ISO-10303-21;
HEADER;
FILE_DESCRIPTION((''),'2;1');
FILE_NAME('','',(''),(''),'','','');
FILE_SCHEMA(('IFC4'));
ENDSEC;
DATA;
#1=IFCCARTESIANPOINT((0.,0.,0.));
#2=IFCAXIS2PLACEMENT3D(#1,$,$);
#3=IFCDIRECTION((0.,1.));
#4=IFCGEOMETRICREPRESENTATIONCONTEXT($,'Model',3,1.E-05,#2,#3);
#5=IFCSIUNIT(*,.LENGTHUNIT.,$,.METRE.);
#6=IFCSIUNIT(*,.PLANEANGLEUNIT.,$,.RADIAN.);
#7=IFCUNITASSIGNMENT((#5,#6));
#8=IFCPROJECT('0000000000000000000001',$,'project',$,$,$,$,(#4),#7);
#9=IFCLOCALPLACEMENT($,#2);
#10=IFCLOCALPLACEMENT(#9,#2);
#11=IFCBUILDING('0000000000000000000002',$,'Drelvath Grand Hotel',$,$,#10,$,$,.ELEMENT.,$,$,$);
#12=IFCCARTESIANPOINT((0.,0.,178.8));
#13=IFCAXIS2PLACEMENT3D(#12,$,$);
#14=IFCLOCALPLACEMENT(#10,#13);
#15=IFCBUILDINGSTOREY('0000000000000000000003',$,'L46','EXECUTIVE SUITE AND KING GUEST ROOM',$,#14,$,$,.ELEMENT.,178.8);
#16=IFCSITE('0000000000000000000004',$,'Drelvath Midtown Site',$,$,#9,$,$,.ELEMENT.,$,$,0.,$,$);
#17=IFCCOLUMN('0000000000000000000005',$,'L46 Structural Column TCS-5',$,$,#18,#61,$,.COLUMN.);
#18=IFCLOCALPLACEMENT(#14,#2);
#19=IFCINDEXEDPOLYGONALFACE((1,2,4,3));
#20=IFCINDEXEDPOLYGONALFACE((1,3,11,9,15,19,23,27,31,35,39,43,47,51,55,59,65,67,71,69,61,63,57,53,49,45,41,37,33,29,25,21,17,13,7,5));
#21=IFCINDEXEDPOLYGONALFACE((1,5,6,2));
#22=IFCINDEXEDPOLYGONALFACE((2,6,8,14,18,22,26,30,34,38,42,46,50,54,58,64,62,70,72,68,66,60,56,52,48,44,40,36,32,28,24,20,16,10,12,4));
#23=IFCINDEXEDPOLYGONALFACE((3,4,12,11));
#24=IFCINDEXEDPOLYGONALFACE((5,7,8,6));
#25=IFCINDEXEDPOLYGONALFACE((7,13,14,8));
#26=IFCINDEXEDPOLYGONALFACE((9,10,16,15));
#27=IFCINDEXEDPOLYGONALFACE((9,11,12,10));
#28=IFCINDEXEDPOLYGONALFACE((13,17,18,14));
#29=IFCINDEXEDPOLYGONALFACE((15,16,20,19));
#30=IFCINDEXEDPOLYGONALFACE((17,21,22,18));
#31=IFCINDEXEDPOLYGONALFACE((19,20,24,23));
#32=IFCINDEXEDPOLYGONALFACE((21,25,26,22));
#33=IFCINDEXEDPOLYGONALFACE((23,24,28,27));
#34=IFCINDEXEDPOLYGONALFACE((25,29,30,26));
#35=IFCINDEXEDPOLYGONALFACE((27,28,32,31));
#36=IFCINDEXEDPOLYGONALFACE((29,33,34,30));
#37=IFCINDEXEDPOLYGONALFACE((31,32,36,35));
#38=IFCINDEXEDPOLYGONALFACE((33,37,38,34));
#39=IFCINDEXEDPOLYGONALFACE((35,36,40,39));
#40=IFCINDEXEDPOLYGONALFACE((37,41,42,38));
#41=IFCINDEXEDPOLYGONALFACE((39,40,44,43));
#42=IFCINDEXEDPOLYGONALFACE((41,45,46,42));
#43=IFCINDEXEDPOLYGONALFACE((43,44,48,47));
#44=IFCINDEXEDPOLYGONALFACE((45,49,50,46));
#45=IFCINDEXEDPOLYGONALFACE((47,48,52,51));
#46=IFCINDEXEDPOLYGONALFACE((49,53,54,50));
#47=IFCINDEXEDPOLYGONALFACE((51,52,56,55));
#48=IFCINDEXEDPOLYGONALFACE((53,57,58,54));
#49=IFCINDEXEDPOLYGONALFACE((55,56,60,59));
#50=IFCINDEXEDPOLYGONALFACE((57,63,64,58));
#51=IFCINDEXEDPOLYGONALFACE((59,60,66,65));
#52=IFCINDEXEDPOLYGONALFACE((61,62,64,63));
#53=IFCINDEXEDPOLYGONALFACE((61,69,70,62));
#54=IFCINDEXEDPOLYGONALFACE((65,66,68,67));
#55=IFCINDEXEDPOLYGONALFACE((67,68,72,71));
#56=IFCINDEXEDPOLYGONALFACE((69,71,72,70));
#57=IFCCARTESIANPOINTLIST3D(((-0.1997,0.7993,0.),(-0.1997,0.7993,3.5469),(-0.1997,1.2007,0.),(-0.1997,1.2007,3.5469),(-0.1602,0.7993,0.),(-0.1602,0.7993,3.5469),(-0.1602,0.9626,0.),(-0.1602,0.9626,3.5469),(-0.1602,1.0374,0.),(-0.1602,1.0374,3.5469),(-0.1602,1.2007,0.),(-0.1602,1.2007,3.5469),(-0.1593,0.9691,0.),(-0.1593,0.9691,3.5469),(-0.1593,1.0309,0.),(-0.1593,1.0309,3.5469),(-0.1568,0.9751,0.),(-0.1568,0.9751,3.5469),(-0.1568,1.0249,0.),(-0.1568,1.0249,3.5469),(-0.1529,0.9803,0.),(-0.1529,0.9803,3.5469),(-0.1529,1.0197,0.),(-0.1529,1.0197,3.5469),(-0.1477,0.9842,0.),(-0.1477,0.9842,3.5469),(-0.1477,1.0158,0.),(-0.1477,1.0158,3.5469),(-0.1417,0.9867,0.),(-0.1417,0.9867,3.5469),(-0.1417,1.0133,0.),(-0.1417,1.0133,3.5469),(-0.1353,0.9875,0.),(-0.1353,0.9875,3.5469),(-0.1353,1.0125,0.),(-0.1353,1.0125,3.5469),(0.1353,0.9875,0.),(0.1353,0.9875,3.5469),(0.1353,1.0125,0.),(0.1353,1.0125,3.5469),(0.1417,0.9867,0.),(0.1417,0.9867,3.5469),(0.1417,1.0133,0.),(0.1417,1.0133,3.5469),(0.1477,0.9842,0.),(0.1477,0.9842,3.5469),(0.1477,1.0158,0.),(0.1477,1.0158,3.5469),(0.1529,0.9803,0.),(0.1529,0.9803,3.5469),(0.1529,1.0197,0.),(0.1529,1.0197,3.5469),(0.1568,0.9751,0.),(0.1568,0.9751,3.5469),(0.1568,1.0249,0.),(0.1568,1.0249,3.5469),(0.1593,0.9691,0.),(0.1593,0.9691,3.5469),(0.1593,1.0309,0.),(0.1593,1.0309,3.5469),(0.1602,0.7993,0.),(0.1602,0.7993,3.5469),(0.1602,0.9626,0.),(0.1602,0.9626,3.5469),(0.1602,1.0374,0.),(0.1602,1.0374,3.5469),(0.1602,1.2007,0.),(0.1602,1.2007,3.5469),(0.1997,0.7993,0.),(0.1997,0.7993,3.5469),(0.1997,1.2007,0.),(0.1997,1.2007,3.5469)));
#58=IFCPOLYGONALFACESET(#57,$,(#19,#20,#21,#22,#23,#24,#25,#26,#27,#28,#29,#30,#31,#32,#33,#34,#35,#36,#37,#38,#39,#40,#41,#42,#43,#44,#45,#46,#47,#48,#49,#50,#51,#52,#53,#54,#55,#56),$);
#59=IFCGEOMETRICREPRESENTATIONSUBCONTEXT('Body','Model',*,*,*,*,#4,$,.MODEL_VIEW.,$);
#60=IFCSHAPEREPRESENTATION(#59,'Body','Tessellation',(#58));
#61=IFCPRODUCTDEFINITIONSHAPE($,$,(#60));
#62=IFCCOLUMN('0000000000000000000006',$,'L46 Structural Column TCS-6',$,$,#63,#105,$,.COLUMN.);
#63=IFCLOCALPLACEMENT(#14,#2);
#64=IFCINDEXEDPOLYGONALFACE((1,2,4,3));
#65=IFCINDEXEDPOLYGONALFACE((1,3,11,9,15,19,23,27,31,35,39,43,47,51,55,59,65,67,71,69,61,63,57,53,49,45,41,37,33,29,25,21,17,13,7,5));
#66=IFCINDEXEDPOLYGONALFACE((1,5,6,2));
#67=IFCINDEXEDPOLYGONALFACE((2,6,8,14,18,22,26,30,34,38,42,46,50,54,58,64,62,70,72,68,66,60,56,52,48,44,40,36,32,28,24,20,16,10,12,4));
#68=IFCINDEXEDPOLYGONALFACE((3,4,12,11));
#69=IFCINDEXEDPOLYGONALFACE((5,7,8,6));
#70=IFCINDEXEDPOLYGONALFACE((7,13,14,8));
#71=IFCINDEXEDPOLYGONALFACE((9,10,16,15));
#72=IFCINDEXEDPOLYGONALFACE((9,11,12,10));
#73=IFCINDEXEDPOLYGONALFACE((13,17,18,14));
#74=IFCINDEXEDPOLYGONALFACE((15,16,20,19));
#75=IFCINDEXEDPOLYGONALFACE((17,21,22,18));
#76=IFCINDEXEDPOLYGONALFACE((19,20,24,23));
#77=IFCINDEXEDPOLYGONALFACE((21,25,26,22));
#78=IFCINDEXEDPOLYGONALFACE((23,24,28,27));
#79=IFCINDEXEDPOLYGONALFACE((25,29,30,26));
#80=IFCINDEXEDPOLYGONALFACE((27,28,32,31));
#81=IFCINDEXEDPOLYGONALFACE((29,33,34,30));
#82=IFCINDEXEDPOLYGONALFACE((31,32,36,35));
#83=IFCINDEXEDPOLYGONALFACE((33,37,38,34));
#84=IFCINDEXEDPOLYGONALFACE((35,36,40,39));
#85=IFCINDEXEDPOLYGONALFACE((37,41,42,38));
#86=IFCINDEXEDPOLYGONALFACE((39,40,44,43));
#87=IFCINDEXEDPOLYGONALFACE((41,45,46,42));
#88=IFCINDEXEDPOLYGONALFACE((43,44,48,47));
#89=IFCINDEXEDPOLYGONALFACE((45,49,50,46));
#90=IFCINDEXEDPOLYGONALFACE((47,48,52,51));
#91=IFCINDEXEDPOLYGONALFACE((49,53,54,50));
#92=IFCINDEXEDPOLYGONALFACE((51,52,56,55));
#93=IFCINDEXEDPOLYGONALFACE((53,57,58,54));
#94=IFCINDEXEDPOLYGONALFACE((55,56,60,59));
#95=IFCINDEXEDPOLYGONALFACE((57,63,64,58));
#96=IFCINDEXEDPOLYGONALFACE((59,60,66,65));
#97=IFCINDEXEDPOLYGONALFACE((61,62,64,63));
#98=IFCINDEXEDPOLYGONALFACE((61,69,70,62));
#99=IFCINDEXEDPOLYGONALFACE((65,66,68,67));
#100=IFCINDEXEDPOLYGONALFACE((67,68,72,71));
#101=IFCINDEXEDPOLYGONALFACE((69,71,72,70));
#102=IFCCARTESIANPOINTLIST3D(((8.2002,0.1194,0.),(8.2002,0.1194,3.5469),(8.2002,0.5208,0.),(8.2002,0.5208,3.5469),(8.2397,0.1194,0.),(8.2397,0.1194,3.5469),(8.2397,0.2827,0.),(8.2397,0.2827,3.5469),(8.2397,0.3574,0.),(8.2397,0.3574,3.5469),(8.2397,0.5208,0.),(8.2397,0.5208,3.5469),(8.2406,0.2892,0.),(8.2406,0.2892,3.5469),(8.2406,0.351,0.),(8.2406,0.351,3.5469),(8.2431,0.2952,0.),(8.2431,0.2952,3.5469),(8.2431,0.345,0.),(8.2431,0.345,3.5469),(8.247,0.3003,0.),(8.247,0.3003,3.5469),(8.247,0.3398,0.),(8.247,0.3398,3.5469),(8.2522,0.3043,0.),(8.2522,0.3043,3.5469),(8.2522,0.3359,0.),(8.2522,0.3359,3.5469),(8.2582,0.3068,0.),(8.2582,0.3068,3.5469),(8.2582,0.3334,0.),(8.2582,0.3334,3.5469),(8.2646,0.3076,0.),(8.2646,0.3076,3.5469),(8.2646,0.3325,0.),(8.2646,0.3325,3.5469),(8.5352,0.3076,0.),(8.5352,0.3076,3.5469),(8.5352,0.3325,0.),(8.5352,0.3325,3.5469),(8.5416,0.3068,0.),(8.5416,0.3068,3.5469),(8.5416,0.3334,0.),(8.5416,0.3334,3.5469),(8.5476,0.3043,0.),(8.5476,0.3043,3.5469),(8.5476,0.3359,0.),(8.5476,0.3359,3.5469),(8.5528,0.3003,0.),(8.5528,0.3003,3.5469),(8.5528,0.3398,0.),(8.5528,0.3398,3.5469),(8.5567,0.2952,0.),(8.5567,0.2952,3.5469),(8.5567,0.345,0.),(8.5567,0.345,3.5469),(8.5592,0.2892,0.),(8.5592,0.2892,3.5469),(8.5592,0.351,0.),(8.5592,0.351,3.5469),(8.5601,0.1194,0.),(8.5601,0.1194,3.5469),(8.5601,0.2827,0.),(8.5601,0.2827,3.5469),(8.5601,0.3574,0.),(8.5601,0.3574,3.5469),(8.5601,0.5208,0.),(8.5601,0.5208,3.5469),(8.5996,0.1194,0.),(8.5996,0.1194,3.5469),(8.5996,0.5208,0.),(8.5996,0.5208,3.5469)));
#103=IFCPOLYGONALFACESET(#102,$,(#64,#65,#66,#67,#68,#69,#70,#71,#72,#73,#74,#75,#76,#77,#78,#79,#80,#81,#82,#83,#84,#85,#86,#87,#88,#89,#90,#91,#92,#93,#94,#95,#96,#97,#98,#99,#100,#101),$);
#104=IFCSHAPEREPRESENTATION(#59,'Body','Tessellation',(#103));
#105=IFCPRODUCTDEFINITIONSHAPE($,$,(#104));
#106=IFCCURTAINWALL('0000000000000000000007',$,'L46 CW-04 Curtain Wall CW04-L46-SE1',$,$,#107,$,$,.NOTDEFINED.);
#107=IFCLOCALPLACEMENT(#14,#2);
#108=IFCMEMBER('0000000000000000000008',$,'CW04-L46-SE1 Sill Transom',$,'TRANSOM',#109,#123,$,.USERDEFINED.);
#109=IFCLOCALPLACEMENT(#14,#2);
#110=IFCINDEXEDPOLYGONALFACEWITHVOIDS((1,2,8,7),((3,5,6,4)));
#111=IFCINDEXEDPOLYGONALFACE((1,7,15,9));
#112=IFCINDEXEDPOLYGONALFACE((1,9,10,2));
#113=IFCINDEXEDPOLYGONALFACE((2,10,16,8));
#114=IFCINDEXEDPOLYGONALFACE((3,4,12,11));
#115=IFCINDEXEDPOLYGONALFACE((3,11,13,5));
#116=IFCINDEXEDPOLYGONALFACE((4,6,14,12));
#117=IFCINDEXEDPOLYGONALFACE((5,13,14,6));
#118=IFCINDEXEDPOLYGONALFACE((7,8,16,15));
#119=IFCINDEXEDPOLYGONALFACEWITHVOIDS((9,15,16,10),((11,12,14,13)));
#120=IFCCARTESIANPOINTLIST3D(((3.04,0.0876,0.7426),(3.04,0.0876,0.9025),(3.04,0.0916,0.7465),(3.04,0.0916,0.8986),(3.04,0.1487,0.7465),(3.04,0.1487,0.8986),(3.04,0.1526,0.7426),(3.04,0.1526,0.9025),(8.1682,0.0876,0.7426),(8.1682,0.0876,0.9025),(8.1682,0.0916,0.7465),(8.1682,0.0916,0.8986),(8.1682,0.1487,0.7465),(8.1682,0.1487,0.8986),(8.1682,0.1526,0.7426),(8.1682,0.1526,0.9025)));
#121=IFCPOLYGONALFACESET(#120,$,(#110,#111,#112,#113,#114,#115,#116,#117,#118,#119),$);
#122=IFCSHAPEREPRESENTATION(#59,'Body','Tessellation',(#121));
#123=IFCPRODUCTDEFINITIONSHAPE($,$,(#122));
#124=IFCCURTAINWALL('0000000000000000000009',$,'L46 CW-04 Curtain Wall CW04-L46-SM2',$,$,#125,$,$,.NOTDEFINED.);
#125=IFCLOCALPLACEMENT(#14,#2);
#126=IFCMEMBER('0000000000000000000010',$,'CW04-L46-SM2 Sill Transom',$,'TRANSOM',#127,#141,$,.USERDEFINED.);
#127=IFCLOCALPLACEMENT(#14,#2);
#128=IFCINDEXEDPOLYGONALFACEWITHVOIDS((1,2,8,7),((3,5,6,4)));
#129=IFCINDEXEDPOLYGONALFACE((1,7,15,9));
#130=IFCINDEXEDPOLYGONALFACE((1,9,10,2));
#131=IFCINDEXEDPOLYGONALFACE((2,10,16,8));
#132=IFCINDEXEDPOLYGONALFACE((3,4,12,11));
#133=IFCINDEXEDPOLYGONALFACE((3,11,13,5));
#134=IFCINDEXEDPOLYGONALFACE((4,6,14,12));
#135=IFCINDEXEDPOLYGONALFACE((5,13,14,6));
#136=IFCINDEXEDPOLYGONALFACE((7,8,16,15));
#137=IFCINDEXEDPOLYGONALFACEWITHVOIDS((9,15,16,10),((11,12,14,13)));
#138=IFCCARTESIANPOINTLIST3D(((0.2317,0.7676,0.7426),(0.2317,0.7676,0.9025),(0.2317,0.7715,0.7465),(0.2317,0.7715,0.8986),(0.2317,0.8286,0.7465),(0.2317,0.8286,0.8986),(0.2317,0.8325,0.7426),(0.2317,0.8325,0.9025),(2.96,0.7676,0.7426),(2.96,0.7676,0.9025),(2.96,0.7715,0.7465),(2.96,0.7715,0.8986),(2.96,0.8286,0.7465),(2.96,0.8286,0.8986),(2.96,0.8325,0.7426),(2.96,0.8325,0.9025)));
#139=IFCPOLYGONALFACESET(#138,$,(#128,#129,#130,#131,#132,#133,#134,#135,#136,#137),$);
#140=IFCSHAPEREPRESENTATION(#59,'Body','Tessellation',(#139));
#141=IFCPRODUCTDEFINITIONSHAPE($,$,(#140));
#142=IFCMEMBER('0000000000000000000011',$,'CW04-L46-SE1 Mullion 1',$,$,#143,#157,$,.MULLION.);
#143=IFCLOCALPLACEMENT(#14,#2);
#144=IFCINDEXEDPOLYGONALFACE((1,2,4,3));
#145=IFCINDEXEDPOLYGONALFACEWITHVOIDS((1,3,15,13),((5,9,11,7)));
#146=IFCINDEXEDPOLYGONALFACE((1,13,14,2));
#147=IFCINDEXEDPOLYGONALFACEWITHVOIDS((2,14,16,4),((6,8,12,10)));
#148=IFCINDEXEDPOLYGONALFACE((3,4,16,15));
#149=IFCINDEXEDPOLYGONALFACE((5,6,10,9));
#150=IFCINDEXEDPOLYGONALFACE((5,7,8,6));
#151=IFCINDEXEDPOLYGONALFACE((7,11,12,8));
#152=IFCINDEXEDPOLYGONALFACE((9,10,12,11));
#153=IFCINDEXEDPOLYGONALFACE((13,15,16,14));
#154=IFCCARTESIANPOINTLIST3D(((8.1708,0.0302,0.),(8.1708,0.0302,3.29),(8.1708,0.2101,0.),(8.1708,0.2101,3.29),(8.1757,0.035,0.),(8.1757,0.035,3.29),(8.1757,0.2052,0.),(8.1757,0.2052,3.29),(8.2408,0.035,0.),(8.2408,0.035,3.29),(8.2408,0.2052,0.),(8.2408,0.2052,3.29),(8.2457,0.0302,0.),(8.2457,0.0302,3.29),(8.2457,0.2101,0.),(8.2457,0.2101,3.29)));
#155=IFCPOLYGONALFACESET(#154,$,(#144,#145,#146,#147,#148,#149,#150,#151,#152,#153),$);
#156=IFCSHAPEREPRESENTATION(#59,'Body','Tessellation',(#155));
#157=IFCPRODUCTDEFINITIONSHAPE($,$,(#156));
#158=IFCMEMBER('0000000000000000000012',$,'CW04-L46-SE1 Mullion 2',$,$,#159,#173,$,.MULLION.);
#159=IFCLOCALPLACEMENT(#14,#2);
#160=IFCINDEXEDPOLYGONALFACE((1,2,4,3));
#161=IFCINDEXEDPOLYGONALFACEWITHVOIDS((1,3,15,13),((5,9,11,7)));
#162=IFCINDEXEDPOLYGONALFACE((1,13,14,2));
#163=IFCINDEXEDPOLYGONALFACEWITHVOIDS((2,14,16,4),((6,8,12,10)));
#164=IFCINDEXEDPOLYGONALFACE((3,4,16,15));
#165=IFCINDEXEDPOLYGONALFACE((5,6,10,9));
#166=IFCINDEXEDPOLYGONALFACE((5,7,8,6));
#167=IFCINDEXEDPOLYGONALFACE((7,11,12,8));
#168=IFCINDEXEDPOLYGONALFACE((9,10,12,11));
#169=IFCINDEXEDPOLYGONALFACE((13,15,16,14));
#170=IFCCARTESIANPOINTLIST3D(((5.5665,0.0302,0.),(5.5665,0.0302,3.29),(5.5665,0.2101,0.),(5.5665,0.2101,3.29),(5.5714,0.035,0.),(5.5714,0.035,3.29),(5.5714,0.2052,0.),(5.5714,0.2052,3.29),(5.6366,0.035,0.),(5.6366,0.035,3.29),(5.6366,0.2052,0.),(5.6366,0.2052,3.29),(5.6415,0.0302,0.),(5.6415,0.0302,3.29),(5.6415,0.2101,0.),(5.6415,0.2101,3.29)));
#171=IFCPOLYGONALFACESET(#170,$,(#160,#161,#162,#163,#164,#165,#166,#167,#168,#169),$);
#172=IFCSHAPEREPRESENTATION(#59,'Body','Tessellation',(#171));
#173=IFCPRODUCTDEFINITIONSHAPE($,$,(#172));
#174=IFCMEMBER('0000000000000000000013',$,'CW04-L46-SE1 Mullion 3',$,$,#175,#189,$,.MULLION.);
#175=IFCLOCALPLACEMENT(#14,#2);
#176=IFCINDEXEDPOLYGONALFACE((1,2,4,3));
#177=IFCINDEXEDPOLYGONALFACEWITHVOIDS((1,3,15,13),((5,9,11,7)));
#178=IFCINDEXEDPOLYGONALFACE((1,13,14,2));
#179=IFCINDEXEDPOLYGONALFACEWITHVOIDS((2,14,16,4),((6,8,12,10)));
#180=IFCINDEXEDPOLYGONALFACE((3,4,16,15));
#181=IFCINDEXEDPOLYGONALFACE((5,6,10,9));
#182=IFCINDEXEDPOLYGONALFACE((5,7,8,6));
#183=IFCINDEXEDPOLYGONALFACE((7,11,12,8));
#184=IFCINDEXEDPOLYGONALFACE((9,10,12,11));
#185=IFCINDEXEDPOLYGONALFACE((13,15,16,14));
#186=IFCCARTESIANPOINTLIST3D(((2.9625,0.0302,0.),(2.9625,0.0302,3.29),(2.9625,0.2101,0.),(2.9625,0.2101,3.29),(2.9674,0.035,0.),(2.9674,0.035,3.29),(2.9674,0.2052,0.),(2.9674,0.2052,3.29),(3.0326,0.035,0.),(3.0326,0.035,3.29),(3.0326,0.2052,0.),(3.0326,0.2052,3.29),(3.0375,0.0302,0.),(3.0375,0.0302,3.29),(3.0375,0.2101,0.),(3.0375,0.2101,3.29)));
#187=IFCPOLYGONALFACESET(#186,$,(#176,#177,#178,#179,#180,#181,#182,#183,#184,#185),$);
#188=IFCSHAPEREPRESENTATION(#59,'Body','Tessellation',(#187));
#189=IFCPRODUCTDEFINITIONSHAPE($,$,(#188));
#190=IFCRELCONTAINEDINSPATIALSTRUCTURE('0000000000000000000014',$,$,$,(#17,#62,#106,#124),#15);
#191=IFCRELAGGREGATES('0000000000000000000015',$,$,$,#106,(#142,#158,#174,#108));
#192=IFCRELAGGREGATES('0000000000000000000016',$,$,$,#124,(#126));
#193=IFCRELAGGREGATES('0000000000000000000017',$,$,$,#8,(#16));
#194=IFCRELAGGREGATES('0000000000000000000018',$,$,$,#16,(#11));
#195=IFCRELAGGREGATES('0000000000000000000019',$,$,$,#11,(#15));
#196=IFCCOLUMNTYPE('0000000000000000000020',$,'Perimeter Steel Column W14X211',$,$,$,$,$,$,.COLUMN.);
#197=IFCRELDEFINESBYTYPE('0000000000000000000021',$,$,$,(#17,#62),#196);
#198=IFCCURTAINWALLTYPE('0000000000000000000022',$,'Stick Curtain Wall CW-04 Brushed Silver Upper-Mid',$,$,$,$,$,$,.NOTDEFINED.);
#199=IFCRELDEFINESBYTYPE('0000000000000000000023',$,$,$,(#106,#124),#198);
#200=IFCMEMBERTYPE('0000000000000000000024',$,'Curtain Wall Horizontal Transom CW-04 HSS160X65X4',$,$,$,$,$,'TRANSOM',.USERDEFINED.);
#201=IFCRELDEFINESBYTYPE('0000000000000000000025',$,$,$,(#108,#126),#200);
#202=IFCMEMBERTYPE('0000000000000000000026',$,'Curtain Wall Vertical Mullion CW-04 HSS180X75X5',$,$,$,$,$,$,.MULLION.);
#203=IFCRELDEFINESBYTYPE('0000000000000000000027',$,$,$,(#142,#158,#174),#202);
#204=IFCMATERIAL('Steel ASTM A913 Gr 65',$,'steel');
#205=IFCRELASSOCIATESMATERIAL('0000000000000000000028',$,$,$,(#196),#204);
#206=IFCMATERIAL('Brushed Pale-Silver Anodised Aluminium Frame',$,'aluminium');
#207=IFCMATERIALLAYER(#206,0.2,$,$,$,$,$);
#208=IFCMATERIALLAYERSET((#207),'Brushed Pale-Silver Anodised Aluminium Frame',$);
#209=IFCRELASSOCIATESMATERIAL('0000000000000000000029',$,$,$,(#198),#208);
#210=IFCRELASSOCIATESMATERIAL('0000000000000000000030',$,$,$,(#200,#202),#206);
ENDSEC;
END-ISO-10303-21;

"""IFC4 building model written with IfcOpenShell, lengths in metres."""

from ifc_helpers import new_model, si_unit, direction, frame, origin, origin_2d, place, context, subcontext, project, spatial, hollow_rectangle, i_section, extrude, material, layer, layer_set, material_profile, profile_set, type_object, element, aggregate, save


model = new_model("IFC4")

# Units and contexts
model_context = context("Model", 3, precision=1e-05, world=origin(), true_north=direction((0.0, 1.0)))
body_context = subcontext(model_context, "Body", "Model", "MODEL_VIEW")
ifc_project = project(units=[si_unit("LENGTHUNIT", "METRE"), si_unit("PLANEANGLEUNIT", "RADIAN")], contexts=[model_context])

# Site, building, storey
site_placement = place(None, origin())
site = spatial("IfcSite", under=ifc_project, at=site_placement, Name="Drelvath Midtown Site", CompositionType="ELEMENT", RefElevation=0.0)
building_placement = place(site_placement, origin())
building = spatial("IfcBuilding", under=site, at=building_placement, Name="Drelvath Grand Hotel", CompositionType="ELEMENT")
storey_placement = place(building_placement, frame((0.0, 0.0, 178.8)))
storey = spatial("IfcBuildingStorey", under=building, at=storey_placement, Name="L46", Description="EXECUTIVE SUITE AND KING GUEST ROOM", CompositionType="ELEMENT", Elevation=178.8)

# Columns
ifc_material_1 = material(Name="Steel ASTM A913 Gr 65", Category="steel")
ifc_material_profile_1 = material_profile(ifc_material_1, i_section(OverallWidth=0.4014, OverallDepth=0.3994, WebThickness=0.0249, FlangeThickness=0.0396, FilletRadius=0.0249, at=origin_2d()), Name="W14X211")
ifc_profile_set_1 = profile_set([ifc_material_profile_1], Name="Steel ASTM A913 Gr 65")
column_type = type_object("IfcColumnType", Name="Perimeter Steel Column W14X211", PredefinedType="COLUMN", material=ifc_profile_set_1)
for number, where, z_axis, x_axis, name in (
    (1, (0.0, 1.0, 0.0), (0.0, 0.0, 1.0), (0.0, 1.0, 0.0), "L46 Structural Column TCS-5"),
    (2, (8.3999, 0.3201, 0.0), (0.0, 0.0, 1.0), (0.0, 1.0, 0.0), "L46 Structural Column TCS-6"),
):
    element("IfcColumn", number, at=place(storey_placement, frame(where, z_axis=z_axis, x_axis=x_axis)), inside=storey, type_object=column_type, Name=name, PredefinedType="COLUMN", context=body_context, shape_type="SweptSolid", body=[
        extrude(i_section(OverallWidth=0.4014, OverallDepth=0.3994, WebThickness=0.0249, FlangeThickness=0.0396, FilletRadius=0.0249, at=origin_2d()), origin(), (0.0, 0.0, 1.0), 3.5469),
    ])

# Curtain walls, members
ifc_material_2 = material(Name="Brushed Pale-Silver Anodised Aluminium Frame", Category="aluminium")
ifc_layer_1 = layer(ifc_material_2, 0.2)
ifc_layer_set_1 = layer_set([ifc_layer_1], Name="Brushed Pale-Silver Anodised Aluminium Frame")
curtain_wall_type = type_object("IfcCurtainWallType", Name="Stick Curtain Wall CW-04 Brushed Silver Upper-Mid", PredefinedType="NOTDEFINED", material=ifc_layer_set_1)
curtain_wall_1_placement = place(storey_placement, origin())
curtain_wall_1 = element("IfcCurtainWall", 3, at=curtain_wall_1_placement, inside=storey, type_object=curtain_wall_type, Name="L46 CW-04 Curtain Wall CW04-L46-SE1", PredefinedType="NOTDEFINED")
ifc_material_profile_2 = material_profile(ifc_material_2, hollow_rectangle(XDim=0.0649, YDim=0.1599, WallThickness=0.0039, at=origin_2d()), Name="HSS160X65X4")
ifc_profile_set_2 = profile_set([ifc_material_profile_2], Name="Brushed Pale-Silver Anodised Aluminium Frame")
member_type_1 = type_object("IfcMemberType", Name="Curtain Wall Horizontal Transom CW-04 HSS160X65X4", ElementType="TRANSOM", PredefinedType="USERDEFINED", material=ifc_profile_set_2)
member_1_placement = place(storey_placement, frame((8.1682, 0.1201, 0.8225), z_axis=(-1.0, 0.0, 0.0), x_axis=(0.0, -1.0, 0.0)))
member_1 = element("IfcMember", 4, at=member_1_placement, type_object=member_type_1, Name="CW04-L46-SE1 Sill Transom", ObjectType="TRANSOM", PredefinedType="USERDEFINED", context=body_context, shape_type="SweptSolid", body=[
    extrude(hollow_rectangle(XDim=0.0649, YDim=0.1599, WallThickness=0.0039, at=origin_2d()), origin(), (0.0, 0.0, 1.0), 5.1282),
])
curtain_wall_2_placement = place(storey_placement, origin())
curtain_wall_2 = element("IfcCurtainWall", 5, at=curtain_wall_2_placement, inside=storey, type_object=curtain_wall_type, Name="L46 CW-04 Curtain Wall CW04-L46-SM2", PredefinedType="NOTDEFINED")
member_2_placement = place(storey_placement, frame((2.96, 0.8, 0.8225), z_axis=(-1.0, 0.0, 0.0), x_axis=(0.0, -1.0, 0.0)))
member_2 = element("IfcMember", 6, at=member_2_placement, type_object=member_type_1, Name="CW04-L46-SM2 Sill Transom", ObjectType="TRANSOM", PredefinedType="USERDEFINED", context=body_context, shape_type="SweptSolid", body=[
    extrude(hollow_rectangle(XDim=0.0649, YDim=0.1599, WallThickness=0.0039, at=origin_2d()), origin(), (0.0, 0.0, 1.0), 2.7283),
])

# Members
ifc_material_profile_3 = material_profile(ifc_material_2, hollow_rectangle(XDim=0.075, YDim=0.1799, WallThickness=0.0049, at=origin_2d()), Name="HSS180X75X5")
ifc_profile_set_3 = profile_set([ifc_material_profile_3], Name="Brushed Pale-Silver Anodised Aluminium Frame")
member_type_2 = type_object("IfcMemberType", Name="Curtain Wall Vertical Mullion CW-04 HSS180X75X5", PredefinedType="MULLION", material=ifc_profile_set_3)
member_3_placement = place(storey_placement, frame((8.2083, 0.1201, 0.0), z_axis=(0.0, 0.0, 1.0), x_axis=(1.0, 0.0, 0.0)))
member_3 = element("IfcMember", 7, at=member_3_placement, type_object=member_type_2, Name="CW04-L46-SE1 Mullion 1", PredefinedType="MULLION", context=body_context, shape_type="SweptSolid", body=[
    extrude(hollow_rectangle(XDim=0.075, YDim=0.1799, WallThickness=0.0049, at=origin_2d()), origin(), (0.0, 0.0, 1.0), 3.29),
])
member_4_placement = place(storey_placement, frame((5.604, 0.1201, 0.0), z_axis=(0.0, 0.0, 1.0), x_axis=(1.0, 0.0, 0.0)))
member_4 = element("IfcMember", 8, at=member_4_placement, type_object=member_type_2, Name="CW04-L46-SE1 Mullion 2", PredefinedType="MULLION", context=body_context, shape_type="SweptSolid", body=[
    extrude(hollow_rectangle(XDim=0.075, YDim=0.1799, WallThickness=0.0049, at=origin_2d()), origin(), (0.0, 0.0, 1.0), 3.29),
])
member_5_placement = place(storey_placement, frame((3.0, 0.1201, 0.0), z_axis=(0.0, 0.0, 1.0), x_axis=(1.0, 0.0, 0.0)))
member_5 = element("IfcMember", 9, at=member_5_placement, type_object=member_type_2, Name="CW04-L46-SE1 Mullion 3", PredefinedType="MULLION", context=body_context, shape_type="SweptSolid", body=[
    extrude(hollow_rectangle(XDim=0.075, YDim=0.1799, WallThickness=0.0049, at=origin_2d()), origin(), (0.0, 0.0, 1.0), 3.29),
])

aggregate(curtain_wall_1, [member_3, member_4, member_5, member_1])
aggregate(curtain_wall_2, [member_2])

save(model, "model.ifc")
